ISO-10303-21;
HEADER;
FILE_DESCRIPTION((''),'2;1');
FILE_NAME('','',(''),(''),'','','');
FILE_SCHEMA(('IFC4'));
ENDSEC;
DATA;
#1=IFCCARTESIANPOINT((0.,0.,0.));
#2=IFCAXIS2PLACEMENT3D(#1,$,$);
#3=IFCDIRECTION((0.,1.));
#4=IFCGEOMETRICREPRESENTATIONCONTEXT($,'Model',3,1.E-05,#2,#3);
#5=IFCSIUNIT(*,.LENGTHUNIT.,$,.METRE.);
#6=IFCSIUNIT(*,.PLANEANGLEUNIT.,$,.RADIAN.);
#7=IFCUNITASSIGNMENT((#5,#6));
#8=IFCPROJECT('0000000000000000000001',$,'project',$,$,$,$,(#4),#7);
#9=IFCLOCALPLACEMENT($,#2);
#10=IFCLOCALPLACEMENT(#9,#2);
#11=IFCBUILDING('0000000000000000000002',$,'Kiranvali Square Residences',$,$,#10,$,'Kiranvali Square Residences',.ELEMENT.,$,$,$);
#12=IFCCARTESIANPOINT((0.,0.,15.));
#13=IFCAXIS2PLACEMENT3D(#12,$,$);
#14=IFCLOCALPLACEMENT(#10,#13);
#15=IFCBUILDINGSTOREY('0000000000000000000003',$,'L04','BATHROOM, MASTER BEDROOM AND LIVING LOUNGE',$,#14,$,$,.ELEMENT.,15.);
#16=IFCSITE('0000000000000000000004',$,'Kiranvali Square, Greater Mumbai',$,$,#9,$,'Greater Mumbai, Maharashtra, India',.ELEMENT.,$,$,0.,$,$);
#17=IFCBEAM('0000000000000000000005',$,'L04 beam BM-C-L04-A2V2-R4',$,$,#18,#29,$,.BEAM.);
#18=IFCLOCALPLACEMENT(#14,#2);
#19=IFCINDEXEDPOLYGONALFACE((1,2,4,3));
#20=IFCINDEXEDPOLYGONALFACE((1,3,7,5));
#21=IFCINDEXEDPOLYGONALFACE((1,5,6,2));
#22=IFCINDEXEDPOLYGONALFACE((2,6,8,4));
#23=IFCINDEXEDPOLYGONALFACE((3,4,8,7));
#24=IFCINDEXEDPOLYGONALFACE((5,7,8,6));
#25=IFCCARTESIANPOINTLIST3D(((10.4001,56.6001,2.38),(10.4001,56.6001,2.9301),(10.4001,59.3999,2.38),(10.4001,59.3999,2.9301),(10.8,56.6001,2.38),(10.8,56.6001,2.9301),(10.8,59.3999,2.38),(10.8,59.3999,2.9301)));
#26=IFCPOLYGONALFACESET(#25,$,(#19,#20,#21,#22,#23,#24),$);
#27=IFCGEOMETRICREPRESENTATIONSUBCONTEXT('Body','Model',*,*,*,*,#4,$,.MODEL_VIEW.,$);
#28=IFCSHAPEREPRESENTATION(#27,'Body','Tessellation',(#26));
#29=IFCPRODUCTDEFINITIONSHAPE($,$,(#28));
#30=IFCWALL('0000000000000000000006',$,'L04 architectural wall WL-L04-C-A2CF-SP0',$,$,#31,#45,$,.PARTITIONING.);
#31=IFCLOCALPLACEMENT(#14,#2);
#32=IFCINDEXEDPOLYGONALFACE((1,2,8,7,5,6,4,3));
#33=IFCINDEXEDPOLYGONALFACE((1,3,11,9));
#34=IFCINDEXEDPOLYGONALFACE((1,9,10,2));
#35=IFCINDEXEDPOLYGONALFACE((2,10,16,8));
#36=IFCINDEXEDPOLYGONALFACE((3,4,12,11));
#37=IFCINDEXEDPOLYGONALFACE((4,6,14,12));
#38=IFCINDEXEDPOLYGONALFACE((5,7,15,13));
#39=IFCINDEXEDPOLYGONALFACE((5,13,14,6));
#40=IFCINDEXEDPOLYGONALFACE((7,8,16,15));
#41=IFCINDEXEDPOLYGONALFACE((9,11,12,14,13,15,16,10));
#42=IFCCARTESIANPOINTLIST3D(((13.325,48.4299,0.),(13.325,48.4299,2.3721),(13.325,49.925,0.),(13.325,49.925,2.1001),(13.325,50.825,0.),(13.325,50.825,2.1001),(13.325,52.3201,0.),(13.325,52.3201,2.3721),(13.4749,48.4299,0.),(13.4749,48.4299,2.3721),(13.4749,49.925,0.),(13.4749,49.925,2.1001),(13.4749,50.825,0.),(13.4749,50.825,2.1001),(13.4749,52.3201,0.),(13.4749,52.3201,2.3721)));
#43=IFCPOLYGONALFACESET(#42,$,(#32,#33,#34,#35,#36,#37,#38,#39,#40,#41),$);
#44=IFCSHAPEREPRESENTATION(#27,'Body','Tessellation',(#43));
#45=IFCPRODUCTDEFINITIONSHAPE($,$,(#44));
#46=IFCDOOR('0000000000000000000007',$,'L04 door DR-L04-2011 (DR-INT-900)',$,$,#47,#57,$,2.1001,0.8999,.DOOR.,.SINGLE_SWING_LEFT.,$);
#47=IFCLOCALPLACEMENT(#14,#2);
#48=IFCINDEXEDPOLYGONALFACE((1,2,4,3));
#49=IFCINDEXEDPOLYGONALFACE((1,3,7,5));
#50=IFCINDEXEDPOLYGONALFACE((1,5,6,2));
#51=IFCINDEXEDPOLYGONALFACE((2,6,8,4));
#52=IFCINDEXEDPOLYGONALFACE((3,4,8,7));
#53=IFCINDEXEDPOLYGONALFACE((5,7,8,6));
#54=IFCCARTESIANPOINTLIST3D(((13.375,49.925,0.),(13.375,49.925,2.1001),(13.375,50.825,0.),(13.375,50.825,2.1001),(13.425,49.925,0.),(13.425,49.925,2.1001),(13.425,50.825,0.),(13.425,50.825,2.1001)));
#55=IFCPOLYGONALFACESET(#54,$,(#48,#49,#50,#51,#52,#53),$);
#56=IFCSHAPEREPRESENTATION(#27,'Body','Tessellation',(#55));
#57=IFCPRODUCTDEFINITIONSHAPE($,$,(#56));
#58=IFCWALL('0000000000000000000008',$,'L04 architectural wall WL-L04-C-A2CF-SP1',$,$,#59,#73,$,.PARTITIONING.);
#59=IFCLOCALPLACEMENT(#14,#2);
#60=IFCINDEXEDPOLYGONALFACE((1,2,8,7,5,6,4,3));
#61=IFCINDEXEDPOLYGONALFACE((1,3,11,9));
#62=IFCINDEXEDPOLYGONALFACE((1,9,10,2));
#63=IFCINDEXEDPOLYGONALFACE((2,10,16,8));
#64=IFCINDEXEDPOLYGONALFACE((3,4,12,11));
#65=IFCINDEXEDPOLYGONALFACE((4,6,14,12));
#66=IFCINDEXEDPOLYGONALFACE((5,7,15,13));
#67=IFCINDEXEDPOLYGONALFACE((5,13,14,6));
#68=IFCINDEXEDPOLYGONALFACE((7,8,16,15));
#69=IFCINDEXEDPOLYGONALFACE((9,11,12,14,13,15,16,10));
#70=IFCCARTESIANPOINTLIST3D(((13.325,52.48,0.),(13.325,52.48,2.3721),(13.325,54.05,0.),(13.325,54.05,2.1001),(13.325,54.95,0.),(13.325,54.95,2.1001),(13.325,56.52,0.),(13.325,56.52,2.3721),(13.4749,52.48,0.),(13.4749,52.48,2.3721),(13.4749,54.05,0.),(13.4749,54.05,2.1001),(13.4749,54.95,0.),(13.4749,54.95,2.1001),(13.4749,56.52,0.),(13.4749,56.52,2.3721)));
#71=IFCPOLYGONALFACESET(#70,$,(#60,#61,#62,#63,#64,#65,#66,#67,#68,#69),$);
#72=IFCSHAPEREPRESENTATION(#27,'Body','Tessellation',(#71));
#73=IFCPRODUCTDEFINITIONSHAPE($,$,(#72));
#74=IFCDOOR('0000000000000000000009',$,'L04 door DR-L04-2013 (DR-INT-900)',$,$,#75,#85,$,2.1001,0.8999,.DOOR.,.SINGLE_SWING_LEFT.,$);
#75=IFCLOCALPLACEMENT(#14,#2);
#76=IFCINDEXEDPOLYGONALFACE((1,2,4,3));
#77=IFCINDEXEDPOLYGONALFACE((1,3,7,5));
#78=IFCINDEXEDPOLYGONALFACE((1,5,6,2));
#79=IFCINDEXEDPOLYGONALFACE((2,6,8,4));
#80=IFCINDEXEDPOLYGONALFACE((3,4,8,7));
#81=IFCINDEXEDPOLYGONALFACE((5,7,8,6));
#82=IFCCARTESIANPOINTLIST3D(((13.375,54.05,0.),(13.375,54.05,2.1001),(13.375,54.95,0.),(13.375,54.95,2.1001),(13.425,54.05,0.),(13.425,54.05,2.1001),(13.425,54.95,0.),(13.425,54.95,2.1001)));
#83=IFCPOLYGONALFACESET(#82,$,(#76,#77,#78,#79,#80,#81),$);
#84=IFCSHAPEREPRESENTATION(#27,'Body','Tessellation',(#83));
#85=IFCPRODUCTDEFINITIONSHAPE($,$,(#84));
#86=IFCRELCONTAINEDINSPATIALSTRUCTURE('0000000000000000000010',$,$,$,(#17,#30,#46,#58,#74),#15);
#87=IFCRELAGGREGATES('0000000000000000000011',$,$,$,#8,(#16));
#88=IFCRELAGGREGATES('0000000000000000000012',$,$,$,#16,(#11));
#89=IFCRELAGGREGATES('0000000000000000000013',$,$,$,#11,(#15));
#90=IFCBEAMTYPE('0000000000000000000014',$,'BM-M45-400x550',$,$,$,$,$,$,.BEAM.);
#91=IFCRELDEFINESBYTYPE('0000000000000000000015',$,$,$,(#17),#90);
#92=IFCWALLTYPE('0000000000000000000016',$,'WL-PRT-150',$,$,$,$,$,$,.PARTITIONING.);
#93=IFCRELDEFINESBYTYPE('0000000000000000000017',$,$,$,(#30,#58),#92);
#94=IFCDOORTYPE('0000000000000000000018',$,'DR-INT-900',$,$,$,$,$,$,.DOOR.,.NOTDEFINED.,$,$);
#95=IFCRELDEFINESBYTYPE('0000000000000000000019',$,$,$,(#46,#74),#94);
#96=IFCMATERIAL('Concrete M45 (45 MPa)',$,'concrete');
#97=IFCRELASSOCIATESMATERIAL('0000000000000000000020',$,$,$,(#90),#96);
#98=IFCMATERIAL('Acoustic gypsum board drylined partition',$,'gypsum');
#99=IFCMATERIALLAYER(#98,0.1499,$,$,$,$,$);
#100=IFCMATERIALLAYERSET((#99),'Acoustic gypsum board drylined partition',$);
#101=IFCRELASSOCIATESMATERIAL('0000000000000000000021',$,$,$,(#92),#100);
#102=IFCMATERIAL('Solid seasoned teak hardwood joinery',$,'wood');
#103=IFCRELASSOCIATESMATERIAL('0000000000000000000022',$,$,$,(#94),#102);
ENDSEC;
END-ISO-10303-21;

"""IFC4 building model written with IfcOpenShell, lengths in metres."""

from ifc_helpers import new_model, si_unit, direction, frame, frame_2d, origin, origin_2d, place, context, subcontext, project, spatial, rectangle, extrude, material, layer, layer_set, material_profile, profile_set, type_object, element, fill, save


model = new_model("IFC4")

# Units and contexts
model_context = context("Model", 3, precision=1e-05, world=origin(), true_north=direction((0.0, 1.0)))
body_context = subcontext(model_context, "Body", "Model", "MODEL_VIEW")
ifc_project = project(units=[si_unit("LENGTHUNIT", "METRE"), si_unit("PLANEANGLEUNIT", "RADIAN")], contexts=[model_context])

# Site, building, storey
site_placement = place(None, origin())
site = spatial("IfcSite", under=ifc_project, at=site_placement, Name="Kiranvali Square, Greater Mumbai", LongName="Greater Mumbai, Maharashtra, India", CompositionType="ELEMENT", RefElevation=0.0)
building_placement = place(site_placement, origin())
building = spatial("IfcBuilding", under=site, at=building_placement, Name="Kiranvali Square Residences", LongName="Kiranvali Square Residences", CompositionType="ELEMENT")
storey_placement = place(building_placement, frame((0.0, 0.0, 15.0)))
storey = spatial("IfcBuildingStorey", under=building, at=storey_placement, Name="L04", Description="BATHROOM, MASTER BEDROOM AND LIVING LOUNGE", CompositionType="ELEMENT", Elevation=15.0)

# Beam
ifc_material_1 = material(Name="Concrete M45 (45 MPa)", Category="concrete")
ifc_material_profile_1 = material_profile(ifc_material_1, rectangle(XDim=0.3999, YDim=0.55, at=origin_2d()), Name="RC 400x550")
ifc_profile_set_1 = profile_set([ifc_material_profile_1], Name="Concrete M45 (45 MPa)")
beam_type_1 = type_object("IfcBeamType", Name="BM-M45-400x550", PredefinedType="BEAM", material=ifc_profile_set_1)
beam_1_placement = place(storey_placement, frame((10.6001, 56.6001, 2.655), z_axis=(0.0, 1.0, 0.0), x_axis=(-1.0, 0.0, 0.0)))
element("IfcBeam", 1, at=beam_1_placement, inside=storey, type_object=beam_type_1, Name="L04 beam BM-C-L04-A2V2-R4", PredefinedType="BEAM", context=body_context, shape_type="SweptSolid", body=[
    extrude(rectangle(XDim=0.3999, YDim=0.55, at=origin_2d()), origin(), (0.0, 0.0, 1.0), 2.7998),
])

# Walls, openings, doors
ifc_material_2 = material(Name="Acoustic gypsum board drylined partition", Category="gypsum")
ifc_layer = layer(ifc_material_2, 0.1499)
ifc_layer_set = layer_set([ifc_layer], Name="Acoustic gypsum board drylined partition")
wall_type = type_object("IfcWallType", Name="WL-PRT-150", PredefinedType="PARTITIONING", material=ifc_layer_set)
wall_1_placement = place(storey_placement, frame((13.3999, 48.4299, 0.0), z_axis=(0.0, 0.0, 1.0), x_axis=(0.0, 1.0, 0.0)))
wall_1 = element("IfcWall", 2, at=wall_1_placement, inside=storey, type_object=wall_type, Name="L04 architectural wall WL-L04-C-A2CF-SP0", PredefinedType="PARTITIONING", context=body_context, shape_type="SweptSolid", body=[
    extrude(rectangle(XDim=3.8901, YDim=0.1499, at=frame_2d((1.9451, 0.0))), origin(), (0.0, 0.0, 1.0), 2.3721),
])
opening_1_placement = place(wall_1_placement, frame((1.4951, 0.0, 0.0)))
opening_1 = element("IfcOpeningElement", 3, at=opening_1_placement, cuts=wall_1, PredefinedType="OPENING", context=body_context, shape_type="SweptSolid", body=[
    extrude(rectangle(XDim=0.8999, YDim=2.1001, at=frame_2d((0.45, 1.05))), frame((0.0, 0.085, 0.0), z_axis=(0.0, -1.0, 0.0), x_axis=(1.0, 0.0, 0.0)), (0.0, 0.0, 1.0), 0.1699),
])
ifc_material_3 = material(Name="Solid seasoned teak hardwood joinery", Category="wood")
door_type = type_object("IfcDoorType", Name="DR-INT-900", OperationType="NOTDEFINED", PredefinedType="DOOR", material=ifc_material_3)
door_1_placement = place(opening_1_placement, origin())
door_1 = element("IfcDoor", 4, at=door_1_placement, inside=storey, type_object=door_type, Name="L04 door DR-L04-2011 (DR-INT-900)", OperationType="SINGLE_SWING_LEFT", OverallHeight=2.1001, OverallWidth=0.8999, PredefinedType="DOOR", context=body_context, shape_type="SweptSolid", body=[
    extrude(rectangle(XDim=0.8999, YDim=2.1001, at=frame_2d((0.45, 1.05))), frame((0.0, 0.0249, 0.0), z_axis=(0.0, -1.0, 0.0), x_axis=(1.0, 0.0, 0.0)), (0.0, 0.0, 1.0), 0.05),
])
fill(opening_1, door_1)
wall_2_placement = place(storey_placement, frame((13.3999, 52.48, 0.0), z_axis=(0.0, 0.0, 1.0), x_axis=(0.0, 1.0, 0.0)))
wall_2 = element("IfcWall", 5, at=wall_2_placement, inside=storey, type_object=wall_type, Name="L04 architectural wall WL-L04-C-A2CF-SP1", PredefinedType="PARTITIONING", context=body_context, shape_type="SweptSolid", body=[
    extrude(rectangle(XDim=4.04, YDim=0.1499, at=frame_2d((2.02, 0.0))), origin(), (0.0, 0.0, 1.0), 2.3721),
])
opening_2_placement = place(wall_2_placement, frame((1.5701, 0.0, 0.0)))
opening_2 = element("IfcOpeningElement", 6, at=opening_2_placement, cuts=wall_2, PredefinedType="OPENING", context=body_context, shape_type="SweptSolid", body=[
    extrude(rectangle(XDim=0.8999, YDim=2.1001, at=frame_2d((0.45, 1.05))), frame((0.0, 0.085, 0.0), z_axis=(0.0, -1.0, 0.0), x_axis=(1.0, 0.0, 0.0)), (0.0, 0.0, 1.0), 0.1699),
])
door_2_placement = place(opening_2_placement, origin())
door_2 = element("IfcDoor", 7, at=door_2_placement, inside=storey, type_object=door_type, Name="L04 door DR-L04-2013 (DR-INT-900)", OperationType="SINGLE_SWING_LEFT", OverallHeight=2.1001, OverallWidth=0.8999, PredefinedType="DOOR", context=body_context, shape_type="SweptSolid", body=[
    extrude(rectangle(XDim=0.8999, YDim=2.1001, at=frame_2d((0.45, 1.05))), frame((0.0, 0.0249, 0.0), z_axis=(0.0, -1.0, 0.0), x_axis=(1.0, 0.0, 0.0)), (0.0, 0.0, 1.0), 0.05),
])
fill(opening_2, door_2)

save(model, "model.ifc")
